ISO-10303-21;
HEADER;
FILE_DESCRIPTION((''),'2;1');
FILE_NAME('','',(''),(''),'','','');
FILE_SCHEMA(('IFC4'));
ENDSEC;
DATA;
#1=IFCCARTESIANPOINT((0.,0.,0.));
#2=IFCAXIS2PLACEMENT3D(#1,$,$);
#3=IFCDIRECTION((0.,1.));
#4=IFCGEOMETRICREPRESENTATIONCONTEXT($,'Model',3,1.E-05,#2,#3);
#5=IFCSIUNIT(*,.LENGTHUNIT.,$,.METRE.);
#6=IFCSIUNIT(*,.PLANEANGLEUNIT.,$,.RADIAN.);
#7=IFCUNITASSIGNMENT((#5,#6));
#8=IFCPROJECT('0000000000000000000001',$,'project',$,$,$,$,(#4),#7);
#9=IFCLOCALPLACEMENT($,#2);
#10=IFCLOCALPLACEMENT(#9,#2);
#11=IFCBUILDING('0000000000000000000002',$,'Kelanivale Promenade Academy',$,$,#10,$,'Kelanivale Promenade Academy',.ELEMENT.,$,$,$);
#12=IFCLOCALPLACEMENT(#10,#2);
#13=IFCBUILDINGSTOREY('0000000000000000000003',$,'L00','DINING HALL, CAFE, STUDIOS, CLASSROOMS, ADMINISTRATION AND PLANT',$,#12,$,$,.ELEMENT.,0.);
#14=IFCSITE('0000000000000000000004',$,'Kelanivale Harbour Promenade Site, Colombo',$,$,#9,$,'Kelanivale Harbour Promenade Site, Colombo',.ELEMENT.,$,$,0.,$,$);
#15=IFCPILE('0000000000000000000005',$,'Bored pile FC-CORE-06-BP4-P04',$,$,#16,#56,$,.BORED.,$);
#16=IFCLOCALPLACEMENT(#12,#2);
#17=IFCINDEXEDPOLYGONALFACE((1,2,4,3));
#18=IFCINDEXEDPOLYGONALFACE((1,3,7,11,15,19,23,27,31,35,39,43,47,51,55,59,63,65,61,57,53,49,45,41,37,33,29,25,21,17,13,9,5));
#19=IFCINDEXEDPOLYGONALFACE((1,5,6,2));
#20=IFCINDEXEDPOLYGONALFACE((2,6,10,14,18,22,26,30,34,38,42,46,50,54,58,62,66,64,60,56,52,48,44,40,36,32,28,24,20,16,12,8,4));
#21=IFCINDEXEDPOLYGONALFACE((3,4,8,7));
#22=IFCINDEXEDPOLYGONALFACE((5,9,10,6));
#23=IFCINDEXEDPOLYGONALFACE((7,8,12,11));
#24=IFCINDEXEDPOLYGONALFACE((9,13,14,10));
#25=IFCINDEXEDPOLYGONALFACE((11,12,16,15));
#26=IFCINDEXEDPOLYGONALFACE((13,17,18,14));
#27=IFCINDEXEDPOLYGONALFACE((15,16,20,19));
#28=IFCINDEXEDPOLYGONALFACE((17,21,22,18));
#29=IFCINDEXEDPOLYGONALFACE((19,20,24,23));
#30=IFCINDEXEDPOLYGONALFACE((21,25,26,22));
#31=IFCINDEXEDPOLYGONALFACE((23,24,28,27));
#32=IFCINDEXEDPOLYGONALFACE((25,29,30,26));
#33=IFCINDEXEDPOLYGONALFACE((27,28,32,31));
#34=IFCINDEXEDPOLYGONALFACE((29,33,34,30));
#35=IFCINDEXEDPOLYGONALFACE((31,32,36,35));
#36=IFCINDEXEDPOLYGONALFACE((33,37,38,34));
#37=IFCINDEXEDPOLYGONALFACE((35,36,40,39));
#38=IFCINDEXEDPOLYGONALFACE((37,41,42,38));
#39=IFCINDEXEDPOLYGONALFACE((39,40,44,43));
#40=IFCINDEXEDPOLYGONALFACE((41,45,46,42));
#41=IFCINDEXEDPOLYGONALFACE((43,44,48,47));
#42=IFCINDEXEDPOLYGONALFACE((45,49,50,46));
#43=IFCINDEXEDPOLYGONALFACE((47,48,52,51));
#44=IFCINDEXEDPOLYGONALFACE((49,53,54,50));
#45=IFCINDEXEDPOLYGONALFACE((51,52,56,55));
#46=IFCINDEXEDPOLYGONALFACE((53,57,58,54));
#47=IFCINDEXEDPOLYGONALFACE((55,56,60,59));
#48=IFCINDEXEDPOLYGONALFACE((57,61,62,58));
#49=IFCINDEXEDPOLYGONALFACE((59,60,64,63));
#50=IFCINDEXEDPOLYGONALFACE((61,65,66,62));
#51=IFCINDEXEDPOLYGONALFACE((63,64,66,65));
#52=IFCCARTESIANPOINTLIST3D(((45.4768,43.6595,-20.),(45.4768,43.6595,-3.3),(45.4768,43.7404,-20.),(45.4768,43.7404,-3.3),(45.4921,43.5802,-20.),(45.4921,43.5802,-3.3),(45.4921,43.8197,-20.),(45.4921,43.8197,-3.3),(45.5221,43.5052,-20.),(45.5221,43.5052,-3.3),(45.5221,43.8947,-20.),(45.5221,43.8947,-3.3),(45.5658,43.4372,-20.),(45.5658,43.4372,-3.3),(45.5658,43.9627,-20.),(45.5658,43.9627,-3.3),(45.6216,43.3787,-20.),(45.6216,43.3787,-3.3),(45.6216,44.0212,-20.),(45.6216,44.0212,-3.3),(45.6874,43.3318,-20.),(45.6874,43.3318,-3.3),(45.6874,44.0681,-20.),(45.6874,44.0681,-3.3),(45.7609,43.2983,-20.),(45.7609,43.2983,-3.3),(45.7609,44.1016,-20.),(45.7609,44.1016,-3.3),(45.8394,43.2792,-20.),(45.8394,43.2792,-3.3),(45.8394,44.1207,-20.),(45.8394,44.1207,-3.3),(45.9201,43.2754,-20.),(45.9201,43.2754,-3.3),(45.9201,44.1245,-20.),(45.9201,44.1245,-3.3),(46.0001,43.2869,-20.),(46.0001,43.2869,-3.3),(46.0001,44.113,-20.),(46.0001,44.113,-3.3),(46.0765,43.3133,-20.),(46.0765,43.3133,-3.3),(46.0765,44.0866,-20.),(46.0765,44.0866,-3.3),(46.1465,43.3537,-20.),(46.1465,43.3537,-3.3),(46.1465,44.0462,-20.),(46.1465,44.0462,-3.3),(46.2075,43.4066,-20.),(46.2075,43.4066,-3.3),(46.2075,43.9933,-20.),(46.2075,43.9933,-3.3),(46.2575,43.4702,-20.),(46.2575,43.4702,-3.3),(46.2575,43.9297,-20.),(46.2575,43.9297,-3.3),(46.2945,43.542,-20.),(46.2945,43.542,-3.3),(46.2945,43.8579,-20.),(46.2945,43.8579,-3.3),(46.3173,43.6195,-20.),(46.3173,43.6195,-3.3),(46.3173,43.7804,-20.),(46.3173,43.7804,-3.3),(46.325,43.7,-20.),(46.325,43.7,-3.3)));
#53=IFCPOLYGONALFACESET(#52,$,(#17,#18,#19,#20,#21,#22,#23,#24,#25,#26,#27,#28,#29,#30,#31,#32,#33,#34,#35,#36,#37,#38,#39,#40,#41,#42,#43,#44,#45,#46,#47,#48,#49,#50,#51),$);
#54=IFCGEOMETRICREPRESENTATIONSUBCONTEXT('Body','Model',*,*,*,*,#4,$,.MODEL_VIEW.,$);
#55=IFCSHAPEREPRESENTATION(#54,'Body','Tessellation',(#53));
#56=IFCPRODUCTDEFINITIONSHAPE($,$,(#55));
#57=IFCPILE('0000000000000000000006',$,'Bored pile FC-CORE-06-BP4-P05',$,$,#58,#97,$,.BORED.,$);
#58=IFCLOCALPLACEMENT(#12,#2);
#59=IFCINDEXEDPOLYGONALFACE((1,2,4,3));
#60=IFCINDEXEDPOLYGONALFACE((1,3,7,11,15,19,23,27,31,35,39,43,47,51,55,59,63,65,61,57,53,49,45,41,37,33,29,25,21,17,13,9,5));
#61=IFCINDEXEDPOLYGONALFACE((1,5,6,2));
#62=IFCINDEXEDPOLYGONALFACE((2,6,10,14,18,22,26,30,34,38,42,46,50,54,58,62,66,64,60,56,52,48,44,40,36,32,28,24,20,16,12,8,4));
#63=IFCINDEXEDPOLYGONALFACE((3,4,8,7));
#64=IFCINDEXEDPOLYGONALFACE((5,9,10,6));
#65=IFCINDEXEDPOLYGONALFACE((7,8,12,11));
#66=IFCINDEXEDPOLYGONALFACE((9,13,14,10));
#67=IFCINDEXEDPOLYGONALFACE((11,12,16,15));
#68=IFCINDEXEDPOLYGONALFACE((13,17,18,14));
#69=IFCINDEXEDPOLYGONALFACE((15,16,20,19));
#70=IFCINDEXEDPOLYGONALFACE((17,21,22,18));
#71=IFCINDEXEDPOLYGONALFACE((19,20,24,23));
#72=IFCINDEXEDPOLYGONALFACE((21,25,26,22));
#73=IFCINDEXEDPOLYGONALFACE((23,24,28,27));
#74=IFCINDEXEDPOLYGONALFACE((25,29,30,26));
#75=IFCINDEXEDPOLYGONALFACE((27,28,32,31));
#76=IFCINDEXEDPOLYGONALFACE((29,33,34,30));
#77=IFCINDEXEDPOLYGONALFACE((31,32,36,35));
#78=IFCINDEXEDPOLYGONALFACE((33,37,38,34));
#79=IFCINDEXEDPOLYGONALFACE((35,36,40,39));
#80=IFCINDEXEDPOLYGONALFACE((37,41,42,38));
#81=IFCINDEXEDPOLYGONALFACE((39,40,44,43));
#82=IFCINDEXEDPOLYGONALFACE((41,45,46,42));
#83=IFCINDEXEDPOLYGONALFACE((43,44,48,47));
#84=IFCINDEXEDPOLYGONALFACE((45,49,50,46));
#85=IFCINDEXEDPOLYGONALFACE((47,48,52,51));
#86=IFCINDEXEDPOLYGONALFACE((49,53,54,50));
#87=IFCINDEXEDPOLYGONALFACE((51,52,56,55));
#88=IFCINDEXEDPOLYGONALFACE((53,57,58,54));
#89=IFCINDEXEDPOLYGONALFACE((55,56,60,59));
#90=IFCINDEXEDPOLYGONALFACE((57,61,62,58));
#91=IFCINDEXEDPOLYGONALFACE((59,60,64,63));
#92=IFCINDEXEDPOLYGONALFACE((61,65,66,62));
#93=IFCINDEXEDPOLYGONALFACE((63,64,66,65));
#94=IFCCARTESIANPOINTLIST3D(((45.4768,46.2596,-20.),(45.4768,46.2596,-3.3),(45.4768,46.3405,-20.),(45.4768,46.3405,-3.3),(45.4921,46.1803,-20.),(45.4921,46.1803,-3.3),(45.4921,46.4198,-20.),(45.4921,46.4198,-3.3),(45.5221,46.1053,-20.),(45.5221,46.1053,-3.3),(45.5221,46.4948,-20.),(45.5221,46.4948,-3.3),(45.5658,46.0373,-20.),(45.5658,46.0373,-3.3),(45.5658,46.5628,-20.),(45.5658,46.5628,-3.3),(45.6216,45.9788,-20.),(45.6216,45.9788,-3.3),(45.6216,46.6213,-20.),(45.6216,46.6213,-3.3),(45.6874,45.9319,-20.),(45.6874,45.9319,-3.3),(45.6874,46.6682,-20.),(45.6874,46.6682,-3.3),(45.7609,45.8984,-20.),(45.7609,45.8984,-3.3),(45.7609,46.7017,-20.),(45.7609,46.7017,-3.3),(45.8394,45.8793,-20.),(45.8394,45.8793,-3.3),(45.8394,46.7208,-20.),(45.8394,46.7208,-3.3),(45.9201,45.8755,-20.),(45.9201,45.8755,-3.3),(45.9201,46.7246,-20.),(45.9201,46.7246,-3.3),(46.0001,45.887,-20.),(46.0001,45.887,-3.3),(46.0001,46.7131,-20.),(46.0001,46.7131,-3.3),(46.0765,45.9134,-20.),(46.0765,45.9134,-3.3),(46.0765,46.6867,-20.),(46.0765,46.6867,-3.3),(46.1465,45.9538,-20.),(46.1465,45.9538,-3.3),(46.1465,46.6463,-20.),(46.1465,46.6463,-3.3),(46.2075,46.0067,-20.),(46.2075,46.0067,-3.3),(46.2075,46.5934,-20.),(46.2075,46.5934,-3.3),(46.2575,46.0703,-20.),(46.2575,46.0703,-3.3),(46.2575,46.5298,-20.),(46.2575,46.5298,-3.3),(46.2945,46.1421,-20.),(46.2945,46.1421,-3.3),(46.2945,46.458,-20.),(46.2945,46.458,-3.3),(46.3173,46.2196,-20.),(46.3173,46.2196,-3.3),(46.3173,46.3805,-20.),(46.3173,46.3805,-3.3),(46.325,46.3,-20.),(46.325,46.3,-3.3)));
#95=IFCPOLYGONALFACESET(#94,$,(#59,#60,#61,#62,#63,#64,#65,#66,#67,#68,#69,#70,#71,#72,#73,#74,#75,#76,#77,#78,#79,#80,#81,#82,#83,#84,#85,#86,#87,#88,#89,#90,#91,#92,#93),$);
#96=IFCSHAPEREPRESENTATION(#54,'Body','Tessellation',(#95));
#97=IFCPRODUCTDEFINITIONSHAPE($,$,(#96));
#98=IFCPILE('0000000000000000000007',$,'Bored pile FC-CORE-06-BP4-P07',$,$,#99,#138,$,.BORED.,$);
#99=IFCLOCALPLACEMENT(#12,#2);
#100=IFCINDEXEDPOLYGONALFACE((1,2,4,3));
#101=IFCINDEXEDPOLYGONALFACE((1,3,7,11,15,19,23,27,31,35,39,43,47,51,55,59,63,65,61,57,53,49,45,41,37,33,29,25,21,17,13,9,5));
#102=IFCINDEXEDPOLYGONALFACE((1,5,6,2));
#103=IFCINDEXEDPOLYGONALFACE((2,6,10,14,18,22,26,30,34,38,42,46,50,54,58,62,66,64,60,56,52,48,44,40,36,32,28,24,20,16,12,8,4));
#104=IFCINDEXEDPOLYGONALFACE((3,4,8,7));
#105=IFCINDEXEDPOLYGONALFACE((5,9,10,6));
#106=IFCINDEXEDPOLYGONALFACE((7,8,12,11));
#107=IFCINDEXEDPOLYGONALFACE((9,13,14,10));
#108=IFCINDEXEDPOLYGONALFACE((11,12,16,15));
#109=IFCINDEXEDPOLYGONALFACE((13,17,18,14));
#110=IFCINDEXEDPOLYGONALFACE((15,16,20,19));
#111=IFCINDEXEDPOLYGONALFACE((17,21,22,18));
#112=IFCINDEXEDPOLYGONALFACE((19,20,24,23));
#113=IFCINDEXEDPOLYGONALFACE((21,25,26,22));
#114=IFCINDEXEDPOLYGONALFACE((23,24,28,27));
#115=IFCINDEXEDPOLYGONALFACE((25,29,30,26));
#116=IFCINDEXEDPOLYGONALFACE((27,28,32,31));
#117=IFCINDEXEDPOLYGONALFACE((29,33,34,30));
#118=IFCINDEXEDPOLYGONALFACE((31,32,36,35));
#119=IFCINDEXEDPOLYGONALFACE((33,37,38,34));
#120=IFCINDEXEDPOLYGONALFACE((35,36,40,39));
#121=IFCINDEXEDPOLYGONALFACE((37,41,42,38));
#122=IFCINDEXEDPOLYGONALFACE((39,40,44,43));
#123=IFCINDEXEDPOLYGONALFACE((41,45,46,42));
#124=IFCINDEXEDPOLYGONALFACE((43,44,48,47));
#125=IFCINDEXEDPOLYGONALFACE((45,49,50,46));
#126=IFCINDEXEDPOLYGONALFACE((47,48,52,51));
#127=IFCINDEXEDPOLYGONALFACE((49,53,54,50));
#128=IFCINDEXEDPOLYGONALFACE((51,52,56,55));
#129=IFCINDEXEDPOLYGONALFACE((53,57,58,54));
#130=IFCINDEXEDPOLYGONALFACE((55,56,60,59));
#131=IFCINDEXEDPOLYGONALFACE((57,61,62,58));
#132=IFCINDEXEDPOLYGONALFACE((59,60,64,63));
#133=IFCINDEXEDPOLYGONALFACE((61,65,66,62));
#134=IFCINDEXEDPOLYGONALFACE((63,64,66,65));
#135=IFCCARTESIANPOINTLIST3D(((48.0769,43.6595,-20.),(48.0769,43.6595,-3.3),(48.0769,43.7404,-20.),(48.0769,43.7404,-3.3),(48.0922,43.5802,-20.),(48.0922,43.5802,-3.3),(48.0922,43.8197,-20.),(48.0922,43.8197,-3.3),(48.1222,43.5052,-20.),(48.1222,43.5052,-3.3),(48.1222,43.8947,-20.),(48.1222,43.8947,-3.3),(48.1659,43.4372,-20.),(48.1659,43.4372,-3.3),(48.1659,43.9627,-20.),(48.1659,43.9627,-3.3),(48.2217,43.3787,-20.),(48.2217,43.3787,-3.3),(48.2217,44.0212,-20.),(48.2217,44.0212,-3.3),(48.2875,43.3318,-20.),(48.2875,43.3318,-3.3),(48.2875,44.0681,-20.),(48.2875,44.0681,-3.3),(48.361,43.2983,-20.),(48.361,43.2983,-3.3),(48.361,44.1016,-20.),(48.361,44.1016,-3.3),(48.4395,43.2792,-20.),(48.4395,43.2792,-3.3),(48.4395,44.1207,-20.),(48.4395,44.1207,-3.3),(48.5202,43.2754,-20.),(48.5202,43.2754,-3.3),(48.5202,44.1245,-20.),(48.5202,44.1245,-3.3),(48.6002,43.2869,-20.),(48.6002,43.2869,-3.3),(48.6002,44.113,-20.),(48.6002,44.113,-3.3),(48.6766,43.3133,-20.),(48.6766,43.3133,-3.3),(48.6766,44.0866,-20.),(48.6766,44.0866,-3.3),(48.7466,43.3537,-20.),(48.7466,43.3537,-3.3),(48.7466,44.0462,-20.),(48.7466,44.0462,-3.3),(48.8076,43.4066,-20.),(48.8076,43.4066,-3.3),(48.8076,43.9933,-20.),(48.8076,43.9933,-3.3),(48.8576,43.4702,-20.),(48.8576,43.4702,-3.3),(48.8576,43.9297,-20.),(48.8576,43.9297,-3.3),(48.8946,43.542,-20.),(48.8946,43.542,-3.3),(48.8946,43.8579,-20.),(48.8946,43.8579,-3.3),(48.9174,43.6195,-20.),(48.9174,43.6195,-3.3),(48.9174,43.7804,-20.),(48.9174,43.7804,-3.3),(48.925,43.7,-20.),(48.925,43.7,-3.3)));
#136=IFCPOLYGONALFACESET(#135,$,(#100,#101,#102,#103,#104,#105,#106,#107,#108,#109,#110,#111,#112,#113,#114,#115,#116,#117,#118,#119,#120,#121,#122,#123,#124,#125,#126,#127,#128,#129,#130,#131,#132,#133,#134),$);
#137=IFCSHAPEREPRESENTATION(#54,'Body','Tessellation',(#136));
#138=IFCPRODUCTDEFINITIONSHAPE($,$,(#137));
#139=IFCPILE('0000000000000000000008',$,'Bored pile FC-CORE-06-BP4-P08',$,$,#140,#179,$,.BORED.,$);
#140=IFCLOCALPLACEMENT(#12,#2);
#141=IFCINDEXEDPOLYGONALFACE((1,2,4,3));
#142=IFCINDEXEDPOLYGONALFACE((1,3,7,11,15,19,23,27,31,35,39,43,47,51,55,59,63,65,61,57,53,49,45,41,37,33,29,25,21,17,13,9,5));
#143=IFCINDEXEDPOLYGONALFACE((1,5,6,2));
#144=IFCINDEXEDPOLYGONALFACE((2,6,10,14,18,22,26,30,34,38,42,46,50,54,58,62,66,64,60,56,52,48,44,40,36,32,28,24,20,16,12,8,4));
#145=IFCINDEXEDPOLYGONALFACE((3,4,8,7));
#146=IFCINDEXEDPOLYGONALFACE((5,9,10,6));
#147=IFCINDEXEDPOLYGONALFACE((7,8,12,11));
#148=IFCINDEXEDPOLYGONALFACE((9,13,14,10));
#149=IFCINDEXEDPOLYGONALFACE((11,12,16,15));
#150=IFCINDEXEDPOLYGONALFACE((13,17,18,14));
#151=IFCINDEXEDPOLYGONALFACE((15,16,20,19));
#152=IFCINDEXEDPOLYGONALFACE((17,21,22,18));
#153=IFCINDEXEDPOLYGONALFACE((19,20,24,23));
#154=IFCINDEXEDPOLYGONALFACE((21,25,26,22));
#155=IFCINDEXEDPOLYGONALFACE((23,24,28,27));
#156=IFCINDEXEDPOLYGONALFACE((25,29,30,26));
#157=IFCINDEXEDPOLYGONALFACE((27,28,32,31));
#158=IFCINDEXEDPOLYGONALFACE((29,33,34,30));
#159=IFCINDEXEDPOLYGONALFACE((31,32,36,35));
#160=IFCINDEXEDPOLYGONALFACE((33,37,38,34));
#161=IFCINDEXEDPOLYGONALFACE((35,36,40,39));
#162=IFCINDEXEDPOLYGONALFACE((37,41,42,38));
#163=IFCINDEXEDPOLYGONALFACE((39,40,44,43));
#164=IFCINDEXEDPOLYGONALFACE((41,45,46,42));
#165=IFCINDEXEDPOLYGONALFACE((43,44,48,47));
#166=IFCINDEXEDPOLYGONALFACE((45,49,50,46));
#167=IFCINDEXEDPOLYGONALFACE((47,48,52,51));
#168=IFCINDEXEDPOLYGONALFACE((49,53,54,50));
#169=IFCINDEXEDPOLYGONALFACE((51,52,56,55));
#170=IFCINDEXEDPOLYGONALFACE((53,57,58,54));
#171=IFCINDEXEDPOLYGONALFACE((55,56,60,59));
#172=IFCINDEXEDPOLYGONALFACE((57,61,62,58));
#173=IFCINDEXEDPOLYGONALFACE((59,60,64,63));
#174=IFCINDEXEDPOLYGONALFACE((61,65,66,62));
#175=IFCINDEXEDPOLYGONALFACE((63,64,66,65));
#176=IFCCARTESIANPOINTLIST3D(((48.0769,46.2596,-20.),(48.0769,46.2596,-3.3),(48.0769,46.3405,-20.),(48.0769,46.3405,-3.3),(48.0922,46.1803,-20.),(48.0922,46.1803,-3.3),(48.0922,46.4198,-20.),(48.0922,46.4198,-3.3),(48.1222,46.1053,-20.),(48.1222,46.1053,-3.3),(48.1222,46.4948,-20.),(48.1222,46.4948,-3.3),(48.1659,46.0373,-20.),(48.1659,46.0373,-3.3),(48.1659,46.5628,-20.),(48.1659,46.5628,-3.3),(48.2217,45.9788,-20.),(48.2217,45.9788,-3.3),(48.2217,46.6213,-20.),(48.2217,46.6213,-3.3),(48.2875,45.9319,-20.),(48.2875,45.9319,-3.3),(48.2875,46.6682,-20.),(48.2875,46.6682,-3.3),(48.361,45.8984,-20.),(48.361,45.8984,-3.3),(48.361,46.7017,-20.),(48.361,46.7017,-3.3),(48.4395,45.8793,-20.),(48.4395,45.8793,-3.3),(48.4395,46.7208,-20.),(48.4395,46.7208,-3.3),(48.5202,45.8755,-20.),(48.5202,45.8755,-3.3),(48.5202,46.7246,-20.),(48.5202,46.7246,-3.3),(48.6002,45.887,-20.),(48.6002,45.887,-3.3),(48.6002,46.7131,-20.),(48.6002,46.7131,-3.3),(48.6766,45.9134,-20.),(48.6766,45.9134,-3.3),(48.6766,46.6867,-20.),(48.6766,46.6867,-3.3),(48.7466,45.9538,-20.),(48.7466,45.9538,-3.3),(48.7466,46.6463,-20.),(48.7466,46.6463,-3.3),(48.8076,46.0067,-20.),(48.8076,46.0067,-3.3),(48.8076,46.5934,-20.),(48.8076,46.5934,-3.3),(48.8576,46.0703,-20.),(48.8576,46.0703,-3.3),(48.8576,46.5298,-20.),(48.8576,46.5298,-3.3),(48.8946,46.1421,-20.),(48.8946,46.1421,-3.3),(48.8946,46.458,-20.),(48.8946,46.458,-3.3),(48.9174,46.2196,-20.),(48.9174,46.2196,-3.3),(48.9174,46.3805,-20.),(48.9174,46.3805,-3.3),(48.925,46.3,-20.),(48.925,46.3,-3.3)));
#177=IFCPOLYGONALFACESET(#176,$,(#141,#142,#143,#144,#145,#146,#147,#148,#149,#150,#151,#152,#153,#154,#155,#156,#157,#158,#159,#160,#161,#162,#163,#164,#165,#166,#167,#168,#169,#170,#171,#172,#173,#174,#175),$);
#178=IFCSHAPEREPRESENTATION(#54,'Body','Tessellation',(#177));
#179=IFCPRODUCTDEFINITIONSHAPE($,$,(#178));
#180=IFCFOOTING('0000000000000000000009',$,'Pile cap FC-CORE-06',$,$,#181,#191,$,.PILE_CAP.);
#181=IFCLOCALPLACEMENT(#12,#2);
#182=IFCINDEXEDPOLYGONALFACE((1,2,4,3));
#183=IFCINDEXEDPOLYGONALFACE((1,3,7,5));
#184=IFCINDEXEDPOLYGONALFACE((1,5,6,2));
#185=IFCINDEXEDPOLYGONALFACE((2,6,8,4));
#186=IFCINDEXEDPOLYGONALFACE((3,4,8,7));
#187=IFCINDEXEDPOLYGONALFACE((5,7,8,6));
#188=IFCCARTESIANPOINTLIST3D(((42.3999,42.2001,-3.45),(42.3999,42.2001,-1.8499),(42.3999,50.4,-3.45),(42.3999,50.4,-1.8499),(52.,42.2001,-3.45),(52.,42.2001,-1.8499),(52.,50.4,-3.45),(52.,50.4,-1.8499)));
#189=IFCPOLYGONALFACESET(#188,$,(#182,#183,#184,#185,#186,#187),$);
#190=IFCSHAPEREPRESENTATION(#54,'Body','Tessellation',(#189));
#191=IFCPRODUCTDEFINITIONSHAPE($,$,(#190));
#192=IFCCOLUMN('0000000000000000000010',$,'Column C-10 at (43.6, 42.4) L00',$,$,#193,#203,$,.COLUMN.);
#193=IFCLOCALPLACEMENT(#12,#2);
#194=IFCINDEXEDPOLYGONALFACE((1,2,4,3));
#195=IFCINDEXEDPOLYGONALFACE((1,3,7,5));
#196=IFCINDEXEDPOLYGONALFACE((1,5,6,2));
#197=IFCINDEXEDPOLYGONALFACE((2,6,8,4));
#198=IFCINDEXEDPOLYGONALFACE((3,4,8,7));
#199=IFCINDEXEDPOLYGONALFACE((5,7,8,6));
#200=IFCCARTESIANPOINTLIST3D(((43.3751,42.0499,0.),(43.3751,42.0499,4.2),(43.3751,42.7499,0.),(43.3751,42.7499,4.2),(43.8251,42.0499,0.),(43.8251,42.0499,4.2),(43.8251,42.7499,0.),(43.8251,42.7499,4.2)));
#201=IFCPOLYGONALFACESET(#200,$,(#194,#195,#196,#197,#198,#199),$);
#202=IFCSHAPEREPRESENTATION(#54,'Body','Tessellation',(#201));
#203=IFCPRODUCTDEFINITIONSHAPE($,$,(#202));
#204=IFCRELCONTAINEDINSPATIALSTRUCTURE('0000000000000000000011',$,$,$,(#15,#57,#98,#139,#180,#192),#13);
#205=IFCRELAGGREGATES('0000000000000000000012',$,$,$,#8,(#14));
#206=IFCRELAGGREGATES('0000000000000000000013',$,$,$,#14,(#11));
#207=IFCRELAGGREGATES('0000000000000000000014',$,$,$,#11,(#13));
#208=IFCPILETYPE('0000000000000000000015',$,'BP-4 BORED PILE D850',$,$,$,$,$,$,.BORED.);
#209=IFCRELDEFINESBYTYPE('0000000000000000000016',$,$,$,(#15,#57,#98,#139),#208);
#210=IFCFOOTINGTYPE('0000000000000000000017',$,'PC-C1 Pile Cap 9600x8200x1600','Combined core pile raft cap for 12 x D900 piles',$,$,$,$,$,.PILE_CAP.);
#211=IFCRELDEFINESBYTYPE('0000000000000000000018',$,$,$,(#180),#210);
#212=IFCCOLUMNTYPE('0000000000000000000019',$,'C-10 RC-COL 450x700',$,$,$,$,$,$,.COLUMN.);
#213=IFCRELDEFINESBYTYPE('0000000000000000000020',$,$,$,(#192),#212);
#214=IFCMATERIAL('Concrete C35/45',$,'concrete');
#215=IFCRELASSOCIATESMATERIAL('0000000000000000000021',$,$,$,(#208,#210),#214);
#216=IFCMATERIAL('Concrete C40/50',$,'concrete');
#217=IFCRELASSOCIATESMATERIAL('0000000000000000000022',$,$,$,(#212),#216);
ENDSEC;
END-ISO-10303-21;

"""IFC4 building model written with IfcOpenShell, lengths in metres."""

from ifc_helpers import new_model, si_unit, direction, frame, origin, origin_2d, place, context, subcontext, project, spatial, rectangle, circle, extrude, material, material_profile, profile_set, type_object, element, save


model = new_model("IFC4")

# Units and contexts
model_context = context("Model", 3, precision=1e-05, world=origin(), true_north=direction((0.0, 1.0)))
body_context = subcontext(model_context, "Body", "Model", "MODEL_VIEW")
ifc_project = project(units=[si_unit("LENGTHUNIT", "METRE"), si_unit("PLANEANGLEUNIT", "RADIAN")], contexts=[model_context])

# Site, building, storey
site_placement = place(None, origin())
site = spatial("IfcSite", under=ifc_project, at=site_placement, Name="Kelanivale Harbour Promenade Site, Colombo", LongName="Kelanivale Harbour Promenade Site, Colombo", CompositionType="ELEMENT", RefElevation=0.0)
building_placement = place(site_placement, origin())
building = spatial("IfcBuilding", under=site, at=building_placement, Name="Kelanivale Promenade Academy", LongName="Kelanivale Promenade Academy", CompositionType="ELEMENT")
storey_placement = place(building_placement, origin())
storey = spatial("IfcBuildingStorey", under=building, at=storey_placement, Name="L00", Description="DINING HALL, CAFE, STUDIOS, CLASSROOMS, ADMINISTRATION AND PLANT", CompositionType="ELEMENT", Elevation=0.0)

# Piles
ifc_material_1 = material(Name="Concrete C35/45", Category="concrete")
ifc_material_profile_1 = material_profile(ifc_material_1, circle(Radius=0.425, at=origin_2d()), Name="BORED PILE D850")
ifc_profile_set_1 = profile_set([ifc_material_profile_1], Name="Concrete C35/45")
pile_type = type_object("IfcPileType", Name="BP-4 BORED PILE D850", PredefinedType="BORED", material=ifc_profile_set_1)
for number, where, z_axis, x_axis, name in (
    (1, (45.8999, 43.7, -3.3), (0.0, 0.0, -1.0), (1.0, 0.0, 0.0), "Bored pile FC-CORE-06-BP4-P04"),
    (2, (45.8999, 46.3, -3.3), (0.0, 0.0, -1.0), (1.0, 0.0, 0.0), "Bored pile FC-CORE-06-BP4-P05"),
    (3, (48.5, 43.7, -3.3), (0.0, 0.0, -1.0), (1.0, 0.0, 0.0), "Bored pile FC-CORE-06-BP4-P07"),
    (4, (48.5, 46.3, -3.3), (0.0, 0.0, -1.0), (1.0, 0.0, 0.0), "Bored pile FC-CORE-06-BP4-P08"),
):
    element("IfcPile", number, at=place(storey_placement, frame(where, z_axis=z_axis, x_axis=x_axis)), inside=storey, type_object=pile_type, Name=name, PredefinedType="BORED", context=body_context, shape_type="SweptSolid", body=[
        extrude(circle(Radius=0.425, at=origin_2d()), origin(), (0.0, 0.0, 1.0), 16.7),
    ])

# Footing
footing_type = type_object("IfcFootingType", Name="PC-C1 Pile Cap 9600x8200x1600", Description="Combined core pile raft cap for 12 x D900 piles", PredefinedType="PILE_CAP", material=ifc_material_1)
footing_placement = place(storey_placement, frame((47.2, 46.3, -3.45), z_axis=(0.0, 0.0, 1.0), x_axis=(1.0, 0.0, 0.0)))
element("IfcFooting", 5, at=footing_placement, inside=storey, type_object=footing_type, Name="Pile cap FC-CORE-06", PredefinedType="PILE_CAP", context=body_context, shape_type="SweptSolid", body=[
    extrude(rectangle(XDim=9.6001, YDim=8.2, at=origin_2d()), origin(), (0.0, 0.0, 1.0), 1.6001),
])

# Column
ifc_material_2 = material(Name="Concrete C40/50", Category="concrete")
ifc_material_profile_2 = material_profile(ifc_material_2, rectangle(XDim=0.45, YDim=0.7, at=origin_2d()), Name="RC-COL 450x700")
ifc_profile_set_2 = profile_set([ifc_material_profile_2], Name="Concrete C40/50")
column_type = type_object("IfcColumnType", Name="C-10 RC-COL 450x700", PredefinedType="COLUMN", material=ifc_profile_set_2)
column_placement = place(storey_placement, frame((43.6001, 42.3999, 0.0), z_axis=(0.0, 0.0, 1.0), x_axis=(1.0, 0.0, 0.0)))
element("IfcColumn", 6, at=column_placement, inside=storey, type_object=column_type, Name="Column C-10 at (43.6, 42.4) L00", PredefinedType="COLUMN", context=body_context, shape_type="SweptSolid", body=[
    extrude(rectangle(XDim=0.45, YDim=0.7, at=origin_2d()), origin(), (0.0, 0.0, 1.0), 4.2),
])

save(model, "model.ifc")
